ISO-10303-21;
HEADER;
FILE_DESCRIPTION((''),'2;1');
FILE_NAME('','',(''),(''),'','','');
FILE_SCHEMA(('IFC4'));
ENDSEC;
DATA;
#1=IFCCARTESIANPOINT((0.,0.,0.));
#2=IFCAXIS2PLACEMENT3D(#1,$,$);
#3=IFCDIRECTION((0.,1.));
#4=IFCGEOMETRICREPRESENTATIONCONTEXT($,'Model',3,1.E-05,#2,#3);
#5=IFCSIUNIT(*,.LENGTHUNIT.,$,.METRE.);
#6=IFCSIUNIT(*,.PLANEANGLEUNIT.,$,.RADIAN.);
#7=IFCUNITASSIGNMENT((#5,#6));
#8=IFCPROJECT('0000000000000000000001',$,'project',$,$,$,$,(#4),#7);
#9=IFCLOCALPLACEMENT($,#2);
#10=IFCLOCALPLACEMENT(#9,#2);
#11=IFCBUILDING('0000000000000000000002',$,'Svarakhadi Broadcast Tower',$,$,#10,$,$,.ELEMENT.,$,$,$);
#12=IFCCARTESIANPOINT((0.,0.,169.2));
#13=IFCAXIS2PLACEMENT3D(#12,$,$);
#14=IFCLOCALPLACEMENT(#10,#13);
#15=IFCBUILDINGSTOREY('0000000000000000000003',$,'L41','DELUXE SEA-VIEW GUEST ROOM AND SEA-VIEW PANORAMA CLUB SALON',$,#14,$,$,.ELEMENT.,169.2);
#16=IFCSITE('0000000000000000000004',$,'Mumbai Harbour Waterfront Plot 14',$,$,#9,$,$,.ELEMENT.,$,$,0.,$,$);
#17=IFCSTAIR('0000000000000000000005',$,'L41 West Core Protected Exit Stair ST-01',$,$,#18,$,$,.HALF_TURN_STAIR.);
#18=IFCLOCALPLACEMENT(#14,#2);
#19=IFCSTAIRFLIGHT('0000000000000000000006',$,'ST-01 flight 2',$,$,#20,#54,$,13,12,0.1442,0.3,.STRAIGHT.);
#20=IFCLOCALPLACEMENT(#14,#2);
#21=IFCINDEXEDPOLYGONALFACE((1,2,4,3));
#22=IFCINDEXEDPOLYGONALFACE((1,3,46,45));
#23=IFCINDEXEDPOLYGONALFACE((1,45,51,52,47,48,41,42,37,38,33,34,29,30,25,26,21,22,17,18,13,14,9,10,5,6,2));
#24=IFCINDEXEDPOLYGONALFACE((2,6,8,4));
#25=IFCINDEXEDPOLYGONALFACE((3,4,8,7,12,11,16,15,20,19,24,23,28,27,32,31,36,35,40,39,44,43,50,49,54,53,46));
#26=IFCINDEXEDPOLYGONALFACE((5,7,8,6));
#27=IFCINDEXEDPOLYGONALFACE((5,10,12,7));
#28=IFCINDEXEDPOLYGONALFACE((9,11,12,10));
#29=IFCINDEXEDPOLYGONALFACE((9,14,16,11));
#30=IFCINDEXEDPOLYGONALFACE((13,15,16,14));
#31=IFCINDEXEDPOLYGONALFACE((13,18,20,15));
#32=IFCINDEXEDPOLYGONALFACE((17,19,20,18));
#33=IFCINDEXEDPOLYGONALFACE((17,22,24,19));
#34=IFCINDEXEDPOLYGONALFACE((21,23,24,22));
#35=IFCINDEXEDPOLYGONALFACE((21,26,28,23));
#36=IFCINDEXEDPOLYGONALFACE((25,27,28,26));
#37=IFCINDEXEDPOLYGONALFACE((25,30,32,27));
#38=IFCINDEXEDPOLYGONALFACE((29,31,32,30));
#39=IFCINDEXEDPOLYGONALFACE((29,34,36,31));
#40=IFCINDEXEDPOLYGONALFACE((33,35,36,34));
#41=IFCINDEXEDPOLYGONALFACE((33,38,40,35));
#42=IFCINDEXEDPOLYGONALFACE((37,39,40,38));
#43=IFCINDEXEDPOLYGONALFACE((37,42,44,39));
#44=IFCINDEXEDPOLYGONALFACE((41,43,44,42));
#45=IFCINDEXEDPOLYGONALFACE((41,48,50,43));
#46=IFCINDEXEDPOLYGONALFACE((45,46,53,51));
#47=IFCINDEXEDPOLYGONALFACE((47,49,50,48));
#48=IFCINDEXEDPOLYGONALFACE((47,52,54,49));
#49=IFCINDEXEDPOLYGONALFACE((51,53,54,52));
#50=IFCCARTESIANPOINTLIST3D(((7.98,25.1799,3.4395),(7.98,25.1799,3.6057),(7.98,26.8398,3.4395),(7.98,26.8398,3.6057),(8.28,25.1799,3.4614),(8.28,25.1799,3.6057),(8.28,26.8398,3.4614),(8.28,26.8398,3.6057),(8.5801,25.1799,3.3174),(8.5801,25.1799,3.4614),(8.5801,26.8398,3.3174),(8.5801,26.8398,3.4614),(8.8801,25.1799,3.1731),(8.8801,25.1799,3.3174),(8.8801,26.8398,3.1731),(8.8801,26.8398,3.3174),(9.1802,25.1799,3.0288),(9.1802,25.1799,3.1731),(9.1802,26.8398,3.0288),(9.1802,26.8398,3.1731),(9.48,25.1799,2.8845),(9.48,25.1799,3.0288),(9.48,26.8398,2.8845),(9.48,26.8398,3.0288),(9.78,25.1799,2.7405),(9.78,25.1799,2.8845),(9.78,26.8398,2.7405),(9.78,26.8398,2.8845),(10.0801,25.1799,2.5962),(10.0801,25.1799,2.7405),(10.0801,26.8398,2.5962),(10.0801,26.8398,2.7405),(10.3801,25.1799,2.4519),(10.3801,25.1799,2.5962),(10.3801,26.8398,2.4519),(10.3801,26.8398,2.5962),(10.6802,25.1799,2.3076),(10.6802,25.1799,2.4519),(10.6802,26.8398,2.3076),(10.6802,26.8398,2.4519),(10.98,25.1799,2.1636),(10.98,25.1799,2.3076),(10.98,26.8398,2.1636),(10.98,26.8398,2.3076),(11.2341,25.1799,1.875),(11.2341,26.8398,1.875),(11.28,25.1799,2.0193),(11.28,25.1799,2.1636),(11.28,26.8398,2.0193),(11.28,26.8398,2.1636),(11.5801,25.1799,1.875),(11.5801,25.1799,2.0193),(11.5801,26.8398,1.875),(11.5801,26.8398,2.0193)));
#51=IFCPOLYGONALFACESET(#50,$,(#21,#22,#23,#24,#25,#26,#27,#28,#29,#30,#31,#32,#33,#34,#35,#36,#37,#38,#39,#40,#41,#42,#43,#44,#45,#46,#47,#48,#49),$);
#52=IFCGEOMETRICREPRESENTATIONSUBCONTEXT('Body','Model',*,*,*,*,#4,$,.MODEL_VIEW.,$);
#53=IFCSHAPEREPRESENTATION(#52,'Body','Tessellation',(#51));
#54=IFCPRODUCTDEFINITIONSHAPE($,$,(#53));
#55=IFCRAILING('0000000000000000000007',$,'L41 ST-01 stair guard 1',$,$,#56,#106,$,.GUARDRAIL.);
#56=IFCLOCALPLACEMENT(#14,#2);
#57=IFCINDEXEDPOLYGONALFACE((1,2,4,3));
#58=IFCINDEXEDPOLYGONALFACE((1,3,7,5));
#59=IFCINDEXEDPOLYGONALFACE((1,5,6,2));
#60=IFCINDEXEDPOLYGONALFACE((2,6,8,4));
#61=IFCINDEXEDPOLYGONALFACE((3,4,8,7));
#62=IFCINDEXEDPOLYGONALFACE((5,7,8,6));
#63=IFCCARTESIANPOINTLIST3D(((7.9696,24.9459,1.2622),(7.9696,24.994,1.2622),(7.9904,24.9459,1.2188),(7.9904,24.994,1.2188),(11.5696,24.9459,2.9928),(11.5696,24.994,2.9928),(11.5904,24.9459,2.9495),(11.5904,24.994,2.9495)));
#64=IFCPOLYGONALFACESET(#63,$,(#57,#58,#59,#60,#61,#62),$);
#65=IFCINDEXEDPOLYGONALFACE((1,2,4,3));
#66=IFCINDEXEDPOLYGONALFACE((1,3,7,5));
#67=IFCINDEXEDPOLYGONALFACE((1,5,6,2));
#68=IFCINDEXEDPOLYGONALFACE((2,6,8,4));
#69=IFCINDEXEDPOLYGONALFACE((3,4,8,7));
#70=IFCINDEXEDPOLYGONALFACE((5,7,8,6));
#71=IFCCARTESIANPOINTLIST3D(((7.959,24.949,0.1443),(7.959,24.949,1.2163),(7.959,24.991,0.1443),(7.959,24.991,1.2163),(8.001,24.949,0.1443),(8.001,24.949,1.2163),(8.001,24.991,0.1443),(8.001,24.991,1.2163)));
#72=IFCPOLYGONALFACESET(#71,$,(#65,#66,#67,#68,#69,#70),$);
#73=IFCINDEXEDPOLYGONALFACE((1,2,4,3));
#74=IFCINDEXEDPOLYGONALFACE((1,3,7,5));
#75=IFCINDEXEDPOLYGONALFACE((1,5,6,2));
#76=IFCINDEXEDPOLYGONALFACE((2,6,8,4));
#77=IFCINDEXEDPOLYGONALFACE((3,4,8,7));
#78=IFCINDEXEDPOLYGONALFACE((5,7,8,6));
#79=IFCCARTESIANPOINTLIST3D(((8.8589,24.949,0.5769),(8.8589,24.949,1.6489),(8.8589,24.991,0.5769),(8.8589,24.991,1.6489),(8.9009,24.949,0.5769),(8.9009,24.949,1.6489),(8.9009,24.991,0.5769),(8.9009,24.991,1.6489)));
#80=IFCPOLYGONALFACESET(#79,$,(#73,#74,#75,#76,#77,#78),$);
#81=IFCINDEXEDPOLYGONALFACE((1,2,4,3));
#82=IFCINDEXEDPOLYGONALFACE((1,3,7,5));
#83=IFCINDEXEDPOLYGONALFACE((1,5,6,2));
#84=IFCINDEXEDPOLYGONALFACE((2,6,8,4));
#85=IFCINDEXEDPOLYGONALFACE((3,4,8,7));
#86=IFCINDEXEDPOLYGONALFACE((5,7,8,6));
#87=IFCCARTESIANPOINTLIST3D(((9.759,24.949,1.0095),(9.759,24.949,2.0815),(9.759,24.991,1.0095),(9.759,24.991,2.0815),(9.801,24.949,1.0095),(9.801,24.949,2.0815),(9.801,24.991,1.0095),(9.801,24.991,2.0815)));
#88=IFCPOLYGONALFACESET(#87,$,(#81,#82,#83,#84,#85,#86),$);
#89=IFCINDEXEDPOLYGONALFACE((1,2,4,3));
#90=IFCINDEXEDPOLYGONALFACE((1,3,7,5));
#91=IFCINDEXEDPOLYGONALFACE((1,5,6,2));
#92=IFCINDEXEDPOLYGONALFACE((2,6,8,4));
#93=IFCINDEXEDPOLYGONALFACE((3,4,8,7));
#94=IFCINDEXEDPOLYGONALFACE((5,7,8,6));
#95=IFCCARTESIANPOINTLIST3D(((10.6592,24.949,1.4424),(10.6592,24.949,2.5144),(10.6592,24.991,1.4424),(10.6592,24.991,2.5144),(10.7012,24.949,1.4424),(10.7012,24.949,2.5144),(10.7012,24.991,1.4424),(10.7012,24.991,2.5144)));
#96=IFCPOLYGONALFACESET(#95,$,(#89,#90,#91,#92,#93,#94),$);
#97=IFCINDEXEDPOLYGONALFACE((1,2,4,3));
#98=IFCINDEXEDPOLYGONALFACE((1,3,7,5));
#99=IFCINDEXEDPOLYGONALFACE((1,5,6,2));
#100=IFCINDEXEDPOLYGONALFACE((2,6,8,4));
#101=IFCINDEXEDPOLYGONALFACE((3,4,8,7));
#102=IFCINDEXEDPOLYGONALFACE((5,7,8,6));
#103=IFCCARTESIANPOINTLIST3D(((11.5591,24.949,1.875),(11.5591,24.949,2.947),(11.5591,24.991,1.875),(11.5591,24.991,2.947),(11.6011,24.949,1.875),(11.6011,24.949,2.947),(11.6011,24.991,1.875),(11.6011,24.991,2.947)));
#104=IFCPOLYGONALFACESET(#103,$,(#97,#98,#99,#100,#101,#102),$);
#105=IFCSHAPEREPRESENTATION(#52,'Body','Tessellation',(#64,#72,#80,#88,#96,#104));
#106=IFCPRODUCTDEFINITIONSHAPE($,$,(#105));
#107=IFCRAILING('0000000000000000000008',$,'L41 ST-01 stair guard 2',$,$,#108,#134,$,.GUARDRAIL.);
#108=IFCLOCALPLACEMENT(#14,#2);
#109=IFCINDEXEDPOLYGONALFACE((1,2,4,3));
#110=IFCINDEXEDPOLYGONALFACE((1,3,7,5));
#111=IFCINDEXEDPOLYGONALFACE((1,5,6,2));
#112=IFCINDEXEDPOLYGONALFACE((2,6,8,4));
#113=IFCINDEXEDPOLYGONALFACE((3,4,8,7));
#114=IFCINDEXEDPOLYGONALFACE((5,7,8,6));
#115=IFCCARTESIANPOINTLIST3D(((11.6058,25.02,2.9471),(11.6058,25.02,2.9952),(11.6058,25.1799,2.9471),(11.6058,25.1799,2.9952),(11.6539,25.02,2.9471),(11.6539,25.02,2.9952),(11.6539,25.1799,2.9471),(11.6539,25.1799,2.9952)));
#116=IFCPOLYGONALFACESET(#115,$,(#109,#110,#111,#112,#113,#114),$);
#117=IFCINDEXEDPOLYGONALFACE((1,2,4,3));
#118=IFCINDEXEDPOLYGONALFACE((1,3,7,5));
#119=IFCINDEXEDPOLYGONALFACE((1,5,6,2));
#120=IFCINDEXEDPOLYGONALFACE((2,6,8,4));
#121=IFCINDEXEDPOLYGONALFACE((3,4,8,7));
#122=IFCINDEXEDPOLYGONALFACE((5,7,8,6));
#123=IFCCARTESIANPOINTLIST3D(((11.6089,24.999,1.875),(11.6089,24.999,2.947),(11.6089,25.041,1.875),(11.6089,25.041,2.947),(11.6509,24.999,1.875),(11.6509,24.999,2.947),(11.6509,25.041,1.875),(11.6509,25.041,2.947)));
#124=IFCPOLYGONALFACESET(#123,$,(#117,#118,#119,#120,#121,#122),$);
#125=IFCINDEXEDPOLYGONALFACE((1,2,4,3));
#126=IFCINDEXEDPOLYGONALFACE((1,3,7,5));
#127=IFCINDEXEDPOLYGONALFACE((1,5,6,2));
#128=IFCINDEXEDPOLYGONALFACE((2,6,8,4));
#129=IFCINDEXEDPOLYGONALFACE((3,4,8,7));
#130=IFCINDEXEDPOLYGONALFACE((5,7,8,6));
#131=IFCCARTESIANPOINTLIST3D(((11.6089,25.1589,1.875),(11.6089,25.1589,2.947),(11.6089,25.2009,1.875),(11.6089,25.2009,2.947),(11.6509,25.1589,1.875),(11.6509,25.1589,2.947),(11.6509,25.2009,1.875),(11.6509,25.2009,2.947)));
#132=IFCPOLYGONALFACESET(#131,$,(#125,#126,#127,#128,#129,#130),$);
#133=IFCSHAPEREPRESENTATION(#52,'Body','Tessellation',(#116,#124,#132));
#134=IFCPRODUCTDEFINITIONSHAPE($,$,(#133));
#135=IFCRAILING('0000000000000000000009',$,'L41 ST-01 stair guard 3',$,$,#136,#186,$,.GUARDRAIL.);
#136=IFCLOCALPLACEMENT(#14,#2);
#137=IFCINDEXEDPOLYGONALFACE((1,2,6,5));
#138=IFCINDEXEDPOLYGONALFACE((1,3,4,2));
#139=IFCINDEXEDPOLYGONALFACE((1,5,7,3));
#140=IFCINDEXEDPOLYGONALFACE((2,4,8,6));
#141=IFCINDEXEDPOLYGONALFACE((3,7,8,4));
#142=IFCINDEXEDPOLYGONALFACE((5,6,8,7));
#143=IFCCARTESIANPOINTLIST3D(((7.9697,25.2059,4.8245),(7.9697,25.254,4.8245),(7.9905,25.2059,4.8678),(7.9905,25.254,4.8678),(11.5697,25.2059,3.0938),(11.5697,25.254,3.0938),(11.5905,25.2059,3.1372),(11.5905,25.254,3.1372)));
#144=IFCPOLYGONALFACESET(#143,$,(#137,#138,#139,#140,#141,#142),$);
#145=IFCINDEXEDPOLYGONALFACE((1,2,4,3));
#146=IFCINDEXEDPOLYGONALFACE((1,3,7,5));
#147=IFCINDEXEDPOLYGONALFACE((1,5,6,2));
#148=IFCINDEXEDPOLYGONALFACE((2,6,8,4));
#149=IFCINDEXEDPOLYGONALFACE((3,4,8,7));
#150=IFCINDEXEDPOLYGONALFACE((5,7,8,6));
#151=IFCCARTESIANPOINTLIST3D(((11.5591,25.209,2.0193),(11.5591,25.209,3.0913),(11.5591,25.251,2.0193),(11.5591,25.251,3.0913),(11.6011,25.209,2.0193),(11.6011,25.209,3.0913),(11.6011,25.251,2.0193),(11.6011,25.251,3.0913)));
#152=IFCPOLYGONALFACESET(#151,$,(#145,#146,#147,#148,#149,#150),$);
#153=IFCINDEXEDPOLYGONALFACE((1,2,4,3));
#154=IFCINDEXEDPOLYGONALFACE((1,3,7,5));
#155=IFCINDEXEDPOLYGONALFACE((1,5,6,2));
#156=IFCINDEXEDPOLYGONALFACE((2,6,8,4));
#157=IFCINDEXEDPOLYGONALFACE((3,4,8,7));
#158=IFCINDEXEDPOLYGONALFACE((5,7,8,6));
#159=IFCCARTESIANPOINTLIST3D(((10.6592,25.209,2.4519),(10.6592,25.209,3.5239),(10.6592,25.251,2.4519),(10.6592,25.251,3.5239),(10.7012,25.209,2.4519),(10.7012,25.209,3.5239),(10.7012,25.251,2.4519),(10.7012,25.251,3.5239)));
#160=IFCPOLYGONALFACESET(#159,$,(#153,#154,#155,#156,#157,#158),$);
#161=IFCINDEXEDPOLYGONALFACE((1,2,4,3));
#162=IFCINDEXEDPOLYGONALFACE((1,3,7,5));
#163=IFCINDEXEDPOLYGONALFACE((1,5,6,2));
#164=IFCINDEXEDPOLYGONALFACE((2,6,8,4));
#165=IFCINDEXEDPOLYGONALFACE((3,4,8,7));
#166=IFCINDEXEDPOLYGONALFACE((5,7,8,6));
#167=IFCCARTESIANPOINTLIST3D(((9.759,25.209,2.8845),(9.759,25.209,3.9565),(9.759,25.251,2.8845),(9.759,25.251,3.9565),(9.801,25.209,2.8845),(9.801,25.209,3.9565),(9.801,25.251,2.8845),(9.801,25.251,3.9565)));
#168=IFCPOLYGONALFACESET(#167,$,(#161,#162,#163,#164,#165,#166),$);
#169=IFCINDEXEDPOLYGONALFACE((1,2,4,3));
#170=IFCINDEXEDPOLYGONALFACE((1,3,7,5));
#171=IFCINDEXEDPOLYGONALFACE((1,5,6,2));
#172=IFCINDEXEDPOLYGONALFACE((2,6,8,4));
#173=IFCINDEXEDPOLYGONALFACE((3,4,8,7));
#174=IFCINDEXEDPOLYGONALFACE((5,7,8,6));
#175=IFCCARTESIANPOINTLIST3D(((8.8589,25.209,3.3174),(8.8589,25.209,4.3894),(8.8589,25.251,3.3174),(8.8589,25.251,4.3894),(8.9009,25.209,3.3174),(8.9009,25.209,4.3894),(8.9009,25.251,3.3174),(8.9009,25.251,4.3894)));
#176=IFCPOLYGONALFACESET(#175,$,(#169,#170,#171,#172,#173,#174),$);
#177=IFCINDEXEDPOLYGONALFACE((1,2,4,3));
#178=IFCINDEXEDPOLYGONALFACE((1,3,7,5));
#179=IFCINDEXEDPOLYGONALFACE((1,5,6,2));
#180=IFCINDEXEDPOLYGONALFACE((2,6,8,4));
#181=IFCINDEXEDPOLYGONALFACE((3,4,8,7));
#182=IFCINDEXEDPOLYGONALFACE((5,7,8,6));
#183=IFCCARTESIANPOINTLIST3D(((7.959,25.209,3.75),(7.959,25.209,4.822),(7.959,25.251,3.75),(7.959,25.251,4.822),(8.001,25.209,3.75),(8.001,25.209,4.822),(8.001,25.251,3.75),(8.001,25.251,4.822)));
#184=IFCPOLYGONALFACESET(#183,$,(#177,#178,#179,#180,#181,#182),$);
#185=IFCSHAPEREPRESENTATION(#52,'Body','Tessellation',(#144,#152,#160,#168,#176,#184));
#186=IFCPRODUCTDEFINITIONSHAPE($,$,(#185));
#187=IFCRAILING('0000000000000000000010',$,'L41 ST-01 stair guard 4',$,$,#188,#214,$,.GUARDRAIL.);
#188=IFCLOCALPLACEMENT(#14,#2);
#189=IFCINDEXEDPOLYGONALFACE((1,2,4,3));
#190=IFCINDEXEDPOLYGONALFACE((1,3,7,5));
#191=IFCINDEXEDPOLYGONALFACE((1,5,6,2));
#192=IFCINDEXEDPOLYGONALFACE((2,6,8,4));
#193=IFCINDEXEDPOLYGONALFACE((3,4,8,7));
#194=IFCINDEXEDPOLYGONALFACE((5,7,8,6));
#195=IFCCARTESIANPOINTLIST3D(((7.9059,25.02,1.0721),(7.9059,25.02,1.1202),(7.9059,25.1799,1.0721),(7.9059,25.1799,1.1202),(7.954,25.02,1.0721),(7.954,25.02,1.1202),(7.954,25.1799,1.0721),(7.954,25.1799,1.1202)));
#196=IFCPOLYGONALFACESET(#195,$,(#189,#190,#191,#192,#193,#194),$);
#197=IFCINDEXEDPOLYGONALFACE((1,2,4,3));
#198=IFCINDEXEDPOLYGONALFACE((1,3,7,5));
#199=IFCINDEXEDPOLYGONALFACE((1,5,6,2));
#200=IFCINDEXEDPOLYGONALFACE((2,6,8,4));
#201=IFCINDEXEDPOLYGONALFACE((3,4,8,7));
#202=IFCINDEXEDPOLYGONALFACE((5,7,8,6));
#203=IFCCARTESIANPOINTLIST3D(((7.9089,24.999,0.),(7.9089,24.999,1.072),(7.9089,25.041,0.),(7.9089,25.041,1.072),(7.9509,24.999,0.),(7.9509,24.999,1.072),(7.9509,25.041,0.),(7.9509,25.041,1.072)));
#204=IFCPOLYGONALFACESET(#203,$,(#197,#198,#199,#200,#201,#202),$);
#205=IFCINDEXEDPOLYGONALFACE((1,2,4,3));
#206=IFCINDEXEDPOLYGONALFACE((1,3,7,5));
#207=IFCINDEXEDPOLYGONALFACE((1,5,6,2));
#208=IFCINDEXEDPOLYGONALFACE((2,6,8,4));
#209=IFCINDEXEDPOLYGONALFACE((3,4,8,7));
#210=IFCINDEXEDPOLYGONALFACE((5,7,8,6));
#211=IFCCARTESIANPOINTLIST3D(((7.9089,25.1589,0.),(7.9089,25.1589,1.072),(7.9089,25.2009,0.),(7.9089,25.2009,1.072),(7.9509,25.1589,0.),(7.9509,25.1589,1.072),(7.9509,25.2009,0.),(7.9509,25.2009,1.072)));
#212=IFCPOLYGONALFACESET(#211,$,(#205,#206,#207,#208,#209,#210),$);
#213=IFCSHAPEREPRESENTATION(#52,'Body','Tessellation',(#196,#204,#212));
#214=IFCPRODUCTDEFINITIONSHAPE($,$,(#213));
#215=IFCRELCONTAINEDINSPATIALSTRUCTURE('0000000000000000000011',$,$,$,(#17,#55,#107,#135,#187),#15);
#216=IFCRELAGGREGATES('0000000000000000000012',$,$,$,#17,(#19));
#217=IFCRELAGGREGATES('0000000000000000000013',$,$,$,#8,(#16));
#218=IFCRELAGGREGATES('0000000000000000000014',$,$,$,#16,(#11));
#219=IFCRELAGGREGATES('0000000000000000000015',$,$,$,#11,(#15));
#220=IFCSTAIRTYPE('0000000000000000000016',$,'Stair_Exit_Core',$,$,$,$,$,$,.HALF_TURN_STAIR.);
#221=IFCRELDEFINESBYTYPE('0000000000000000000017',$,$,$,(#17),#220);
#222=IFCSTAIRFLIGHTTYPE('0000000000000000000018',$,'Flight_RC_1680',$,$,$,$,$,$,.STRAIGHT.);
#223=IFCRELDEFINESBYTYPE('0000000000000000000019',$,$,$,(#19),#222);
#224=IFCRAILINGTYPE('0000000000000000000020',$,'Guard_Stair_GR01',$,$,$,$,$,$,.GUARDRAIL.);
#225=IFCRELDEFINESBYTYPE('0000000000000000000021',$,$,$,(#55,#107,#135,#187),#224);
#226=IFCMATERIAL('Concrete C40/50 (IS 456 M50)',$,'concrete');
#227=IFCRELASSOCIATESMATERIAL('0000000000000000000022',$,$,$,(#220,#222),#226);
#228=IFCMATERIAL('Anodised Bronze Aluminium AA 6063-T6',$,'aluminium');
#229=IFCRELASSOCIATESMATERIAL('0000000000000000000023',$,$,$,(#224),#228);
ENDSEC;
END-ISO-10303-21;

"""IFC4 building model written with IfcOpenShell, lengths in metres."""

from ifc_helpers import new_model, si_unit, direction, frame, origin, origin_2d, place, context, subcontext, project, spatial, polyline, rectangle, outline, extrude, material, type_object, element, aggregate, save


model = new_model("IFC4")

# Units and contexts
model_context = context("Model", 3, precision=1e-05, world=origin(), true_north=direction((0.0, 1.0)))
body_context = subcontext(model_context, "Body", "Model", "MODEL_VIEW")
ifc_project = project(units=[si_unit("LENGTHUNIT", "METRE"), si_unit("PLANEANGLEUNIT", "RADIAN")], contexts=[model_context])

# Site, building, storey
site_placement = place(None, origin())
site = spatial("IfcSite", under=ifc_project, at=site_placement, Name="Mumbai Harbour Waterfront Plot 14", CompositionType="ELEMENT", RefElevation=0.0)
building_placement = place(site_placement, origin())
building = spatial("IfcBuilding", under=site, at=building_placement, Name="Svarakhadi Broadcast Tower", CompositionType="ELEMENT")
storey_placement = place(building_placement, frame((0.0, 0.0, 169.2)))
storey = spatial("IfcBuildingStorey", under=building, at=storey_placement, Name="L41", Description="DELUXE SEA-VIEW GUEST ROOM AND SEA-VIEW PANORAMA CLUB SALON", CompositionType="ELEMENT", Elevation=169.2)

# Shared definitions
ifc_material_1 = material(Name="Concrete C40/50 (IS 456 M50)", Category="concrete")

# Stair, stair flight
stair_type = type_object("IfcStairType", Name="Stair_Exit_Core", PredefinedType="HALF_TURN_STAIR", material=ifc_material_1)
stair_placement = place(storey_placement, origin())
stair = element("IfcStair", 1, at=stair_placement, inside=storey, type_object=stair_type, Name="L41 West Core Protected Exit Stair ST-01", PredefinedType="HALF_TURN_STAIR")
stair_flight_type = type_object("IfcStairFlightType", Name="Flight_RC_1680", PredefinedType="STRAIGHT", material=ifc_material_1)
stair_flight_1_placement = place(storey_placement, frame((11.5801, 26.01, 1.875), z_axis=(0.0, 0.0, 1.0), x_axis=(-1.0, 0.0, 0.0)))
stair_flight_1 = element("IfcStairFlight", 2, at=stair_flight_1_placement, type_object=stair_flight_type, Name="ST-01 flight 2", NumberOfRisers=13, NumberOfTreads=12, PredefinedType="STRAIGHT", RiserHeight=0.1442, TreadLength=0.3, context=body_context, shape_type="SweptSolid", body=[
    extrude(outline(polyline([(0.0, 0.0), (0.0, 0.1443), (0.3, 0.1443), (0.3, 0.2886), (0.6001, 0.2886), (0.6001, 0.4326), (0.8999, 0.4326), (0.8999, 0.5769), (1.2, 0.5769), (1.2, 0.7212), (1.5, 0.7212), (1.5, 0.8655), (1.8, 0.8655), (1.8, 1.0095), (2.1001, 1.0095), (2.1001, 1.1538), (2.3999, 1.1538), (2.3999, 1.2981), (2.7, 1.2981), (2.7, 1.4424), (3.0, 1.4424), (3.0, 1.5864), (3.3, 1.5864), (3.3, 1.7307), (3.6001, 1.7307), (3.6001, 1.875), (3.6001, 1.5645), (0.3459, 0.0), (0.0, 0.0)])), frame((0.0, 0.8301, 0.0), z_axis=(0.0, -1.0, 0.0), x_axis=(1.0, 0.0, 0.0)), (0.0, 0.0, 1.0), 1.6599),
])
aggregate(stair, [stair_flight_1])

# Railings
ifc_material_2 = material(Name="Anodised Bronze Aluminium AA 6063-T6", Category="aluminium")
railing_type_1 = type_object("IfcRailingType", Name="Guard_Stair_GR01", PredefinedType="GUARDRAIL", material=ifc_material_2)
railing_1_placement = place(storey_placement, frame((7.98, 24.97, 0.1443)))
element("IfcRailing", 3, at=railing_1_placement, inside=storey, type_object=railing_type_1, Name="L41 ST-01 stair guard 1", PredefinedType="GUARDRAIL", context=body_context, shape_type="SweptSolid", body=[
    extrude(rectangle(XDim=0.0481, YDim=0.0481, at=origin_2d()), frame((0.0, 0.0, 1.0962), z_axis=(0.901263, 0.0, 0.433273), x_axis=(0.0, 1.0, 0.0)), (0.0, 0.0, 1.0), 3.9944),
    extrude(rectangle(XDim=0.042, YDim=0.042, at=origin_2d()), origin(), (0.0, 0.0, 1.0), 1.072),
    extrude(rectangle(XDim=0.042, YDim=0.042, at=origin_2d()), frame((0.8999, 0.0, 0.4326)), (0.0, 0.0, 1.0), 1.072),
    extrude(rectangle(XDim=0.042, YDim=0.042, at=origin_2d()), frame((1.8, 0.0, 0.8652)), (0.0, 0.0, 1.0), 1.072),
    extrude(rectangle(XDim=0.042, YDim=0.042, at=origin_2d()), frame((2.7002, 0.0, 1.2981)), (0.0, 0.0, 1.0), 1.072),
    extrude(rectangle(XDim=0.042, YDim=0.042, at=origin_2d()), frame((3.6001, 0.0, 1.7307)), (0.0, 0.0, 1.0), 1.072),
])
railing_2_placement = place(storey_placement, frame((11.6299, 25.02, 1.875)))
element("IfcRailing", 4, at=railing_2_placement, inside=storey, type_object=railing_type_1, Name="L41 ST-01 stair guard 2", PredefinedType="GUARDRAIL", context=body_context, shape_type="SweptSolid", body=[
    extrude(rectangle(XDim=0.0481, YDim=0.0481, at=origin_2d()), frame((0.0, 0.0, 1.0962), z_axis=(0.0, 1.0, 0.0), x_axis=(-1.0, 0.0, 0.0)), (0.0, 0.0, 1.0), 0.1599),
    extrude(rectangle(XDim=0.042, YDim=0.042, at=origin_2d()), origin(), (0.0, 0.0, 1.0), 1.072),
    extrude(rectangle(XDim=0.042, YDim=0.042, at=origin_2d()), frame((0.0, 0.1599, 0.0)), (0.0, 0.0, 1.0), 1.072),
])
railing_3_placement = place(storey_placement, frame((11.5801, 25.23, 2.0193)))
element("IfcRailing", 5, at=railing_3_placement, inside=storey, type_object=railing_type_1, Name="L41 ST-01 stair guard 3", PredefinedType="GUARDRAIL", context=body_context, shape_type="SweptSolid", body=[
    extrude(rectangle(XDim=0.0481, YDim=0.0481, at=origin_2d()), frame((0.0, 0.0, 1.0962), z_axis=(-0.901263, 0.0, 0.433273), x_axis=(0.0, -1.0, 0.0)), (0.0, 0.0, 1.0), 3.9944),
    extrude(rectangle(XDim=0.042, YDim=0.042, at=origin_2d()), origin(), (0.0, 0.0, 1.0), 1.072),
    extrude(rectangle(XDim=0.042, YDim=0.042, at=origin_2d()), frame((-0.8999, 0.0, 0.4326)), (0.0, 0.0, 1.0), 1.072),
    extrude(rectangle(XDim=0.042, YDim=0.042, at=origin_2d()), frame((-1.8, 0.0, 0.8652)), (0.0, 0.0, 1.0), 1.072),
    extrude(rectangle(XDim=0.042, YDim=0.042, at=origin_2d()), frame((-2.7002, 0.0, 1.2981)), (0.0, 0.0, 1.0), 1.072),
    extrude(rectangle(XDim=0.042, YDim=0.042, at=origin_2d()), frame((-3.6001, 0.0, 1.7307)), (0.0, 0.0, 1.0), 1.072),
])
railing_4_placement = place(storey_placement, frame((7.9299, 25.02, 0.0)))
element("IfcRailing", 6, at=railing_4_placement, inside=storey, type_object=railing_type_1, Name="L41 ST-01 stair guard 4", PredefinedType="GUARDRAIL", context=body_context, shape_type="SweptSolid", body=[
    extrude(rectangle(XDim=0.0481, YDim=0.0481, at=origin_2d()), frame((0.0, 0.0, 1.0962), z_axis=(0.0, 1.0, 0.0), x_axis=(-1.0, 0.0, 0.0)), (0.0, 0.0, 1.0), 0.1599),
    extrude(rectangle(XDim=0.042, YDim=0.042, at=origin_2d()), origin(), (0.0, 0.0, 1.0), 1.072),
    extrude(rectangle(XDim=0.042, YDim=0.042, at=origin_2d()), frame((0.0, 0.1599, 0.0)), (0.0, 0.0, 1.0), 1.072),
])

save(model, "model.ifc")
